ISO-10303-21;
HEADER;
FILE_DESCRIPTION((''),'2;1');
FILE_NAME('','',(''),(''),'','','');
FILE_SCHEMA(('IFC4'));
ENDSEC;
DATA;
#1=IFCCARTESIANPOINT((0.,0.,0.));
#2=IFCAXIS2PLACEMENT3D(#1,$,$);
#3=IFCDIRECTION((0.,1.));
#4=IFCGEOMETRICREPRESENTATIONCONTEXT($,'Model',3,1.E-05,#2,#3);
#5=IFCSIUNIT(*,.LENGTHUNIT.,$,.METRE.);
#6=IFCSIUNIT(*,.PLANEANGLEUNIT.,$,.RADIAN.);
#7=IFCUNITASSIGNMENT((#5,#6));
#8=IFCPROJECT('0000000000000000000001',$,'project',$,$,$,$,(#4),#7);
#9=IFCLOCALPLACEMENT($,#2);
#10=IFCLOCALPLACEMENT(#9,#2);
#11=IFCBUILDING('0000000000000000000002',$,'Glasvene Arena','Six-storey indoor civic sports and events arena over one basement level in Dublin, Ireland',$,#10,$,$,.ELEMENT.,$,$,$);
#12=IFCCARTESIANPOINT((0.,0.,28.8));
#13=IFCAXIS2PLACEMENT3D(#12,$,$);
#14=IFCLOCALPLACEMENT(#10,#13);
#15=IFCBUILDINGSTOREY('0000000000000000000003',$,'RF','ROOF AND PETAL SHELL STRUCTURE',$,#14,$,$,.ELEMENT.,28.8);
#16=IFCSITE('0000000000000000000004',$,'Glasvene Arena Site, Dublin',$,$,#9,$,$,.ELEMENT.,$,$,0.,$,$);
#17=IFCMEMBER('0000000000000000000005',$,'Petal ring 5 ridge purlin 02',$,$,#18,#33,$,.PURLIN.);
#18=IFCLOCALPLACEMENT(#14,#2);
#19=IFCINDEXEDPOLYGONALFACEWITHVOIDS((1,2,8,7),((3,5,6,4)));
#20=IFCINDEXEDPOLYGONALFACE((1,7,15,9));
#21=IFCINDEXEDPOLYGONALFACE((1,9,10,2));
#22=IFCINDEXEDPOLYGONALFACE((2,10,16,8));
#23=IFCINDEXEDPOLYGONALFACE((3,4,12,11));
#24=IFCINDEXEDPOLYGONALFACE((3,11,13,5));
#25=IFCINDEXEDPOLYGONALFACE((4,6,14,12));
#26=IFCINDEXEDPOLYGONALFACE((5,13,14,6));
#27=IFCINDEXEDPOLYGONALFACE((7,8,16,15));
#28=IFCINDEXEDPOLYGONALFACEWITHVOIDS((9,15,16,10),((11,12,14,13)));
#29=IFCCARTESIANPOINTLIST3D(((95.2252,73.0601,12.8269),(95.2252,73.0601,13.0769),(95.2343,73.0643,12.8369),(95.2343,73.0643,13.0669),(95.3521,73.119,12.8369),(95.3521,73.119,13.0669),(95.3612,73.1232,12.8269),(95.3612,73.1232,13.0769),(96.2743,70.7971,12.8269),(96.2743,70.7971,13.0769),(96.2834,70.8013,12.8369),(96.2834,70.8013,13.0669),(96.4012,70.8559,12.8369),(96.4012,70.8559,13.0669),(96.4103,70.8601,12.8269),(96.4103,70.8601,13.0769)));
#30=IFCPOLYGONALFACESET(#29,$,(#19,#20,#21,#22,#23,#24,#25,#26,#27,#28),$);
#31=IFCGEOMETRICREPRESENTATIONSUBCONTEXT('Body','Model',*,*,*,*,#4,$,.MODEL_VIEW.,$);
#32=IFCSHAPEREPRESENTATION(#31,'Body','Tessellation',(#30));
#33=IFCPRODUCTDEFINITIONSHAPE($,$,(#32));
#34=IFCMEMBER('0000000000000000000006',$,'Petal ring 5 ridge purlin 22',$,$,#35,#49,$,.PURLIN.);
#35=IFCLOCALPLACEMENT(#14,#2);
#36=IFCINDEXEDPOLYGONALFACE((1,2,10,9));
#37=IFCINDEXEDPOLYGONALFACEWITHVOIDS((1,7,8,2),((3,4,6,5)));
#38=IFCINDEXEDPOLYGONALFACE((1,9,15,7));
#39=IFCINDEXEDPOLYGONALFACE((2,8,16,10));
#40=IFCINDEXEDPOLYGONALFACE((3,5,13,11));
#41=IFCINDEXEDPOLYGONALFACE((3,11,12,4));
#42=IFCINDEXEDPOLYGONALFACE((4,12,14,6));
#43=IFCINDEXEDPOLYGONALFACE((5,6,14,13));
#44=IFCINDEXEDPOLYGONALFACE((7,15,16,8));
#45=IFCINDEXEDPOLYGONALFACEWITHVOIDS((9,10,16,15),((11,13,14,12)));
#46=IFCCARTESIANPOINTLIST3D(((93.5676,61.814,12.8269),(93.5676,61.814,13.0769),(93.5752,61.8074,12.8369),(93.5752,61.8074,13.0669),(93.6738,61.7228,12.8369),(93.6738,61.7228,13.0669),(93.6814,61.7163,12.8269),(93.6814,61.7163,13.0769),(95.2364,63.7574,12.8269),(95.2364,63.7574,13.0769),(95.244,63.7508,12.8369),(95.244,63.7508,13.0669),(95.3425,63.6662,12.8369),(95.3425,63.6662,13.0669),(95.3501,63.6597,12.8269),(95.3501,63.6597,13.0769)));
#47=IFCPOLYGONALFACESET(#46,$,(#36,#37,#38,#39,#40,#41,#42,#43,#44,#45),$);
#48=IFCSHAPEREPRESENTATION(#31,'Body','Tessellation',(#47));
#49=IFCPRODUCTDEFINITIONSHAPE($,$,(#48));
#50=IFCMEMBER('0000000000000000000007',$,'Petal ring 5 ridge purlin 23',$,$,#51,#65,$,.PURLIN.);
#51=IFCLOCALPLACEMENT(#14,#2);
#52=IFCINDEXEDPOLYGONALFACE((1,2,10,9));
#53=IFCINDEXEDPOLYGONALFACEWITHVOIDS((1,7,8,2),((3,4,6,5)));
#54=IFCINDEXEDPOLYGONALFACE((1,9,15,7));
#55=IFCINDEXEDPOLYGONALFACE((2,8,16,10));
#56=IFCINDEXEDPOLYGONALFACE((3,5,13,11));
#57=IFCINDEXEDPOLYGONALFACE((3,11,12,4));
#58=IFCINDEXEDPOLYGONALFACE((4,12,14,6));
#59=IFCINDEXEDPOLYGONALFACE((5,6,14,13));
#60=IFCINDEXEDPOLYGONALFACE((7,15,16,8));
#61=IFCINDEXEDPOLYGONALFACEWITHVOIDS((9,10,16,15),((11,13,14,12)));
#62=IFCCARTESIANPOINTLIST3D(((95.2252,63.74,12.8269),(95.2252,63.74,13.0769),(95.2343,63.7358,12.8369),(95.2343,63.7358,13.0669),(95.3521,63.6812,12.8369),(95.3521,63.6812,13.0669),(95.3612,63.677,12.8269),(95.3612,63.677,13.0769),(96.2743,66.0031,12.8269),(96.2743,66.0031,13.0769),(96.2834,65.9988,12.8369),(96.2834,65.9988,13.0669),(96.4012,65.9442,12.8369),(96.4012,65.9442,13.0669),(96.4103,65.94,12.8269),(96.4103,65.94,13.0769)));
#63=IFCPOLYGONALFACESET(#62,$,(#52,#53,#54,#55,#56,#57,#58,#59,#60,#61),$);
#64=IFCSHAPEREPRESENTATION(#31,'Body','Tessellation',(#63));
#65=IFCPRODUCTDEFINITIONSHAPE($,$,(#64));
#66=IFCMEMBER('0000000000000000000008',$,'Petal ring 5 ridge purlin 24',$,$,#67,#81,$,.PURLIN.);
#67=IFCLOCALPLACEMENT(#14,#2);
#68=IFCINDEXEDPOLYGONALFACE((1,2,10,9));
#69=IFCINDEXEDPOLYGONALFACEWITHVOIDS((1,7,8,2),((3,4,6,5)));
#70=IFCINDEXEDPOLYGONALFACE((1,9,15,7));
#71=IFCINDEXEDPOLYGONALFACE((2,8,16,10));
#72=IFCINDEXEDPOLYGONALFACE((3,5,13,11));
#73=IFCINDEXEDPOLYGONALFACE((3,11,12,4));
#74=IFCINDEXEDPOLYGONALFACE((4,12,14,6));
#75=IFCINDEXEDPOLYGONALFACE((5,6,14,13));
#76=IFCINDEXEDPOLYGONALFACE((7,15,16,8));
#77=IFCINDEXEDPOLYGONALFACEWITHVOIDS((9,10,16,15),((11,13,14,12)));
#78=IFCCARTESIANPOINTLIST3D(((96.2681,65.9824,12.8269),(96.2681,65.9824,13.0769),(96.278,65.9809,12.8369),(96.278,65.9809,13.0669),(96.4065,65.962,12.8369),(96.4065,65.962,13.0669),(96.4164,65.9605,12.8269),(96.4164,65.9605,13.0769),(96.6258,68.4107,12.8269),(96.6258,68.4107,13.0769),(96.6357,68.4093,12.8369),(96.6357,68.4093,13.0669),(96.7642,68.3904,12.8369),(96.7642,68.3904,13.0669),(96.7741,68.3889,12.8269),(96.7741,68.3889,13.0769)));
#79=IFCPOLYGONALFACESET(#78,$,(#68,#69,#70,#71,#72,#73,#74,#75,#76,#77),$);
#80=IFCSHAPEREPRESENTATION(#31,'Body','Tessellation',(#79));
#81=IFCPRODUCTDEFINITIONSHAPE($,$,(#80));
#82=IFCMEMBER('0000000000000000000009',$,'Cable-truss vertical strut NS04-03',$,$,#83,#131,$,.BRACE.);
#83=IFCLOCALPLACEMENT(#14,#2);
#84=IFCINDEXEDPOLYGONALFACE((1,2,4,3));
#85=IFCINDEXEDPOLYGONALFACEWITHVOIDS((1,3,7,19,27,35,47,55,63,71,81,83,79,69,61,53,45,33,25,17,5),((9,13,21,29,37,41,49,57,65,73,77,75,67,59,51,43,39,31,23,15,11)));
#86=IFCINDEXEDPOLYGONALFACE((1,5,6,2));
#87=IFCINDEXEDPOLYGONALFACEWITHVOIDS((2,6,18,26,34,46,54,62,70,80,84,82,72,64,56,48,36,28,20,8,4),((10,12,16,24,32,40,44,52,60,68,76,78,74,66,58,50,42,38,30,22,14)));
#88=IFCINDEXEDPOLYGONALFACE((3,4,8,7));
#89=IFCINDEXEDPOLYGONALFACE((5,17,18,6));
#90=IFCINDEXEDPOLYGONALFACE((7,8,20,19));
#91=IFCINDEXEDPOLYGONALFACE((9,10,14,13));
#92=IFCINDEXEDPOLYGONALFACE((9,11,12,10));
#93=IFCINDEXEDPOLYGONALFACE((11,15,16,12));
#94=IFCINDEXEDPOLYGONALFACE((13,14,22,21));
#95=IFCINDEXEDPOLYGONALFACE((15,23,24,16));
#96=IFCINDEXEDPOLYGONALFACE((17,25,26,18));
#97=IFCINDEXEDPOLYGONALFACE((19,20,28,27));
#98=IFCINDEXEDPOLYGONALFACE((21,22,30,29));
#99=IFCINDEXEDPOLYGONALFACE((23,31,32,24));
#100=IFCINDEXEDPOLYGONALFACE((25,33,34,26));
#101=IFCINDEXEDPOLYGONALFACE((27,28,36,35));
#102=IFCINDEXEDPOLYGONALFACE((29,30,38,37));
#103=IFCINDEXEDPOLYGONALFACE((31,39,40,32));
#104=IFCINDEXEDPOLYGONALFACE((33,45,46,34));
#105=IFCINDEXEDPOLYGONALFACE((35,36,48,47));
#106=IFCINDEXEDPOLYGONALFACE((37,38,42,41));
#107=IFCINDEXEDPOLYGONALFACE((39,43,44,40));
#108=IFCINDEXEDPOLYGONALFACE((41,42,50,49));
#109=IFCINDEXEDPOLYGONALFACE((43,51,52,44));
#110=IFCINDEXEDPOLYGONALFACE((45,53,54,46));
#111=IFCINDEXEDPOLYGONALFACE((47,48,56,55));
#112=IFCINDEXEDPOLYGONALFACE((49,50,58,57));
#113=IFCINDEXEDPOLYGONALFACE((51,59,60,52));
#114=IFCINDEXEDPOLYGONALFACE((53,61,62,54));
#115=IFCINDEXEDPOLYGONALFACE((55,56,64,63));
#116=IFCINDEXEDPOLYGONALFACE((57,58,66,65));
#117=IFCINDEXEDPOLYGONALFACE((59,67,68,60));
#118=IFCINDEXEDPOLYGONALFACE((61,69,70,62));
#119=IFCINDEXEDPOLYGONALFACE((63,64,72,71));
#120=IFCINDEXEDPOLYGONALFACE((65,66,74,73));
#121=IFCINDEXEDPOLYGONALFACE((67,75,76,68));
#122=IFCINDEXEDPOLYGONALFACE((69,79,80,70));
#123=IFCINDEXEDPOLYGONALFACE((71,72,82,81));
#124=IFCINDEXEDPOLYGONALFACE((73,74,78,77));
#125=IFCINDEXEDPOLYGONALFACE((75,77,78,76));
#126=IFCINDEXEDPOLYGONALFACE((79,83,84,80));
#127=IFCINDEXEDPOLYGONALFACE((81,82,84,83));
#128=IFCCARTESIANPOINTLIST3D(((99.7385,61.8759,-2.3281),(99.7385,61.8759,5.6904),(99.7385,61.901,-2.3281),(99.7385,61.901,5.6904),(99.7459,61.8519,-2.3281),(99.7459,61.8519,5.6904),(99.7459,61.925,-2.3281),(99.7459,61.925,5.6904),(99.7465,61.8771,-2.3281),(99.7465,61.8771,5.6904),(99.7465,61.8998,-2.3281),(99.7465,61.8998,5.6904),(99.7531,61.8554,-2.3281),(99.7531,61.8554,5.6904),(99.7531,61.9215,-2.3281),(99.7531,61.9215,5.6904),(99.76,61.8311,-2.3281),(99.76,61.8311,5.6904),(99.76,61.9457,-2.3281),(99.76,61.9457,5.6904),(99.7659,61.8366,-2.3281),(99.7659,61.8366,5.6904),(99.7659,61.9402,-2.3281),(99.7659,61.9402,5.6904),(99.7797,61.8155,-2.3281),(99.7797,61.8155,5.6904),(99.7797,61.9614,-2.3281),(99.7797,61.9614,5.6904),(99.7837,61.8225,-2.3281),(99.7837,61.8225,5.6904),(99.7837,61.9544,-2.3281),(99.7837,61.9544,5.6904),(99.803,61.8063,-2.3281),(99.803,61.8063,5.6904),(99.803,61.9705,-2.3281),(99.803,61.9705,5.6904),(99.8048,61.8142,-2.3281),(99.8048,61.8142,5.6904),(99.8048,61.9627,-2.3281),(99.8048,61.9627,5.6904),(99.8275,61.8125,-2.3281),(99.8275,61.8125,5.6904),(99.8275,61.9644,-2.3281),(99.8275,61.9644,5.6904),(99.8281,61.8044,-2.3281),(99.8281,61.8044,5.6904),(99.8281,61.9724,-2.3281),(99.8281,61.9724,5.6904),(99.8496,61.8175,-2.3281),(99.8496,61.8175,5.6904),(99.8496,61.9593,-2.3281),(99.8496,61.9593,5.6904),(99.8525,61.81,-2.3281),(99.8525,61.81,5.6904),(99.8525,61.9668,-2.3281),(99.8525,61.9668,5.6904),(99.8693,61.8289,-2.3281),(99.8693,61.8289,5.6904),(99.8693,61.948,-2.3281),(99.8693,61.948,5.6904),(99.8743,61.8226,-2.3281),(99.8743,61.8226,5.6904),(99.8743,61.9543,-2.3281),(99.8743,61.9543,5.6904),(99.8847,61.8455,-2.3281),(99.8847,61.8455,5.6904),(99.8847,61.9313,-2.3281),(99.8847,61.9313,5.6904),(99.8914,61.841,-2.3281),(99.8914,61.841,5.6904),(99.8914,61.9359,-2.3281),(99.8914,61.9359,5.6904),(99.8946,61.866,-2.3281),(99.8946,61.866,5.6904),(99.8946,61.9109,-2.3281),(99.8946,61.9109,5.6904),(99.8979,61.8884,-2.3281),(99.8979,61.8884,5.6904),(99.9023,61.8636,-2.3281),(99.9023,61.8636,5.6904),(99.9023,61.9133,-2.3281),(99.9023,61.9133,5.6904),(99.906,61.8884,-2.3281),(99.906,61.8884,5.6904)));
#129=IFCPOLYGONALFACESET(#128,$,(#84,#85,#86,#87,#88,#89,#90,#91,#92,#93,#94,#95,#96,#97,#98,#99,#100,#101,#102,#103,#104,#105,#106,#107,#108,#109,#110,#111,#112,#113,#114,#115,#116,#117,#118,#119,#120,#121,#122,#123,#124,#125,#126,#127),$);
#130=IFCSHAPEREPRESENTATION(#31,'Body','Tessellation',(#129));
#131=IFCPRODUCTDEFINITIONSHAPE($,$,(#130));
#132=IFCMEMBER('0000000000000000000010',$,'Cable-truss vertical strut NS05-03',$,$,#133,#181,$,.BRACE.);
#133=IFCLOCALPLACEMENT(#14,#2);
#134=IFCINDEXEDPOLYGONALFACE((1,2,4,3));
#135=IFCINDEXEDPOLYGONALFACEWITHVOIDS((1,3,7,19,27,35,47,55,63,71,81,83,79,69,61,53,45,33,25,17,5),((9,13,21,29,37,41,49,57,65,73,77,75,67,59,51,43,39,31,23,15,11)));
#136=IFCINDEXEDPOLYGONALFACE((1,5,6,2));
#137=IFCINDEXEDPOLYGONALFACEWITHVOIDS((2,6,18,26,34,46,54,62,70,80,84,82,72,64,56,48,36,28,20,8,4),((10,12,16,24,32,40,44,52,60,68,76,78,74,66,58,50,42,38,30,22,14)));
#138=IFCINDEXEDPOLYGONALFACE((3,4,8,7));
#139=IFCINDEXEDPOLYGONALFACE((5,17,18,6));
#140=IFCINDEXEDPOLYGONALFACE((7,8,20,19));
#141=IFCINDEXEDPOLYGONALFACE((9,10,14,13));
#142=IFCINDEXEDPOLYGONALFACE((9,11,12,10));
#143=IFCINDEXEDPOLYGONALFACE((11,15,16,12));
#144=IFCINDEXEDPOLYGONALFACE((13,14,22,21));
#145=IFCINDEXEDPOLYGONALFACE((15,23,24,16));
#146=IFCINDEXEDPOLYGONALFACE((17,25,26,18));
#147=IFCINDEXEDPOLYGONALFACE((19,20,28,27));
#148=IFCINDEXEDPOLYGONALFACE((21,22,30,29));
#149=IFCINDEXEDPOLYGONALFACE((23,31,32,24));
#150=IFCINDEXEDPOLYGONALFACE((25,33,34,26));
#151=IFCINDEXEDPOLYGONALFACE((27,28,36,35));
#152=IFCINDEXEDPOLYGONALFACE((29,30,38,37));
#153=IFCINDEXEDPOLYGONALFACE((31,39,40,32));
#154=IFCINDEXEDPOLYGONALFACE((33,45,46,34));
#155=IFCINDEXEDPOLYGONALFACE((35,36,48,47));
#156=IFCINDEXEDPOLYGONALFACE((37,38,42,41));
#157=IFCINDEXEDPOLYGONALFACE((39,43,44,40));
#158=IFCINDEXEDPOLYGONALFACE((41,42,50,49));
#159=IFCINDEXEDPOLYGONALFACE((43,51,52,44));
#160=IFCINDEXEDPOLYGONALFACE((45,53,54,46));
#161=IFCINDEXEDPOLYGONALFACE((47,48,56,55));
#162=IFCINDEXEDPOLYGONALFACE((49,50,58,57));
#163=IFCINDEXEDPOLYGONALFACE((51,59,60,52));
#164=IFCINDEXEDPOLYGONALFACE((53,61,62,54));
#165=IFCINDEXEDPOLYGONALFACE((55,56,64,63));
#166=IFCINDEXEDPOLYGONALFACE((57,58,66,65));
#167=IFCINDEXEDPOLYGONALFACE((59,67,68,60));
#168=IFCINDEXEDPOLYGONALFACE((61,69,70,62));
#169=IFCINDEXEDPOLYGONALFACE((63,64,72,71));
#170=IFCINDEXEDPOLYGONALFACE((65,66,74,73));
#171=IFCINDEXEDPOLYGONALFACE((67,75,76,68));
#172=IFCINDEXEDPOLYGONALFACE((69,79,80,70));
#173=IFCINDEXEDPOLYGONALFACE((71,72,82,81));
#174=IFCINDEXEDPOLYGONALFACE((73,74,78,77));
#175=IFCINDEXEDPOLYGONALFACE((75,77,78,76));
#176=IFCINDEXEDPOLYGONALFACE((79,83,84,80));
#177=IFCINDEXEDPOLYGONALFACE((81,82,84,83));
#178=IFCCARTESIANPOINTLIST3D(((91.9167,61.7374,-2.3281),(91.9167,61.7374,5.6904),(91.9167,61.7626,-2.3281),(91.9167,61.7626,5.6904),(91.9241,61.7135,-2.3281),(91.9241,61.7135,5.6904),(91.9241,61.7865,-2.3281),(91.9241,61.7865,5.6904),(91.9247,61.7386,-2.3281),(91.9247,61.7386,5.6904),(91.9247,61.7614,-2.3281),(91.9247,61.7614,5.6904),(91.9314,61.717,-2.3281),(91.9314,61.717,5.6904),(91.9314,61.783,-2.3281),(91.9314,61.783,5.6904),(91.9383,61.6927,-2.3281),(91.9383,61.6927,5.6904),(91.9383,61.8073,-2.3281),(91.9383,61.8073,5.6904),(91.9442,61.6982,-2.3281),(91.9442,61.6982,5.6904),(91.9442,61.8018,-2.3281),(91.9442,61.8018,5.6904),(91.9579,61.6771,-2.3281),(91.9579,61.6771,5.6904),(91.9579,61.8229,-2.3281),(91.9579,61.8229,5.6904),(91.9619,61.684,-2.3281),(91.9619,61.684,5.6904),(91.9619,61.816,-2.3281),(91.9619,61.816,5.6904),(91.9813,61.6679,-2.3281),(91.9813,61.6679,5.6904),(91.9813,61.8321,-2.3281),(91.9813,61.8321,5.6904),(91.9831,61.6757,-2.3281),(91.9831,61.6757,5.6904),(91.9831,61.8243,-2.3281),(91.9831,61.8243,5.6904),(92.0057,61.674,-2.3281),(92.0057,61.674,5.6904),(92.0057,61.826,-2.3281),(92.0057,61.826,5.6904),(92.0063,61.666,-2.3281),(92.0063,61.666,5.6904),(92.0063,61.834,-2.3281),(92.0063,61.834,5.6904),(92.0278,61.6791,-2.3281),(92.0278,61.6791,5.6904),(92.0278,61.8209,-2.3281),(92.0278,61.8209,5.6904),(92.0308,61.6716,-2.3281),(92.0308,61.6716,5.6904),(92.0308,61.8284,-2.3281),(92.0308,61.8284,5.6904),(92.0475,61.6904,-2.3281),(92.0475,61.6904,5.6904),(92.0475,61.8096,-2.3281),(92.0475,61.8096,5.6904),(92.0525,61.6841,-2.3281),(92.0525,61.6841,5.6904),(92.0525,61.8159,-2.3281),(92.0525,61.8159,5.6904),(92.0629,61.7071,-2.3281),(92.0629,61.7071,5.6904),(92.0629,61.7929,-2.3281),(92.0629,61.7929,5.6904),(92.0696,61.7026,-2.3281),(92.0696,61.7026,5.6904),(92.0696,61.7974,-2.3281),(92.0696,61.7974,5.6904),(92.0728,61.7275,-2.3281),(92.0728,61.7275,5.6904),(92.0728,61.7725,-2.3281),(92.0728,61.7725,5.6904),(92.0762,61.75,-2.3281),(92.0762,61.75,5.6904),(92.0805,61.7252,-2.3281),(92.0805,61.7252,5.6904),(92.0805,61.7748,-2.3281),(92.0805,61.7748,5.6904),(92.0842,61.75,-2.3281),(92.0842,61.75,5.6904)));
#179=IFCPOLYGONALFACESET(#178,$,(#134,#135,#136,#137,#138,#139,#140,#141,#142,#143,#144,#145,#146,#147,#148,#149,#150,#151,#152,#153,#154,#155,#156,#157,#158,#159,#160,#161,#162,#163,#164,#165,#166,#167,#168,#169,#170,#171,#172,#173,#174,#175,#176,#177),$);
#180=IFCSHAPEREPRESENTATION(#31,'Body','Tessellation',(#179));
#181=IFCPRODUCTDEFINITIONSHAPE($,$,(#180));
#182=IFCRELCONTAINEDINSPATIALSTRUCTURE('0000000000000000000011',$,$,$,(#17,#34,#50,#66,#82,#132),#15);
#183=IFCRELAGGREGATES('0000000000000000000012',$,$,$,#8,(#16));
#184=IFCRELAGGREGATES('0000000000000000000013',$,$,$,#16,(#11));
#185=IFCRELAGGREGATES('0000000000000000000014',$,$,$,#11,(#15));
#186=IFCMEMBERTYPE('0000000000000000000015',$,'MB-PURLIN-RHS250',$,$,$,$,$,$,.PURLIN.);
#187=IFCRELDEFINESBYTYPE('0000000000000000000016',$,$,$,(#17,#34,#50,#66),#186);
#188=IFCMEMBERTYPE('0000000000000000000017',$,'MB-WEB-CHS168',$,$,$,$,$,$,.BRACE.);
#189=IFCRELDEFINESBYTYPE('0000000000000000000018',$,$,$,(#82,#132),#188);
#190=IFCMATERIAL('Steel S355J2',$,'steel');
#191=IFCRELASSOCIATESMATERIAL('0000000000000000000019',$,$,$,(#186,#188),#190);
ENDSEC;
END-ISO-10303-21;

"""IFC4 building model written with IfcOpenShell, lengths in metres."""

from ifc_helpers import new_model, si_unit, direction, frame, origin, origin_2d, place, context, subcontext, project, spatial, hollow_rectangle, hollow_circle, extrude, material, material_profile, profile_set, type_object, element, save


model = new_model("IFC4")

# Units and contexts
model_context = context("Model", 3, precision=1e-05, world=origin(), true_north=direction((0.0, 1.0)))
body_context = subcontext(model_context, "Body", "Model", "MODEL_VIEW")
ifc_project = project(units=[si_unit("LENGTHUNIT", "METRE"), si_unit("PLANEANGLEUNIT", "RADIAN")], contexts=[model_context])

# Site, building, storey
site_placement = place(None, origin())
site = spatial("IfcSite", under=ifc_project, at=site_placement, Name="Glasvene Arena Site, Dublin", CompositionType="ELEMENT", RefElevation=0.0)
building_placement = place(site_placement, origin())
building = spatial("IfcBuilding", under=site, at=building_placement, Name="Glasvene Arena", Description="Six-storey indoor civic sports and events arena over one basement level in Dublin, Ireland", CompositionType="ELEMENT")
storey_placement = place(building_placement, frame((0.0, 0.0, 28.8)))
storey = spatial("IfcBuildingStorey", under=building, at=storey_placement, Name="RF", Description="ROOF AND PETAL SHELL STRUCTURE", CompositionType="ELEMENT", Elevation=28.8)

# Shared definitions
ifc_material_1 = material(Name="Steel S355J2", Category="steel")

# Members
ifc_material_profile_1 = material_profile(ifc_material_1, hollow_rectangle(XDim=0.1499, YDim=0.25, WallThickness=0.01, at=origin_2d()), Name="RHS 250x150x10.0")
ifc_profile_set_1 = profile_set([ifc_material_profile_1], Name="Steel S355J2")
member_type_1 = type_object("IfcMemberType", Name="MB-PURLIN-RHS250", PredefinedType="PURLIN", material=ifc_profile_set_1)
member_1_placement = place(storey_placement, frame((96.3423, 70.8286, 12.9519), z_axis=(-0.420591, 0.90725, 0.0), x_axis=(-0.90725, -0.420591, 0.0)))
element("IfcMember", 1, at=member_1_placement, inside=storey, type_object=member_type_1, Name="Petal ring 5 ridge purlin 02", PredefinedType="PURLIN", context=body_context, shape_type="SweptSolid", body=[
    extrude(hollow_rectangle(XDim=0.1499, YDim=0.25, WallThickness=0.01, at=origin_2d()), origin(), (0.0, 0.0, 1.0), 2.4944),
])
member_2_placement = place(storey_placement, frame((93.6245, 61.7651, 12.9519), z_axis=(0.651458, 0.758684, 0.0), x_axis=(-0.758684, 0.651458, 0.0)))
element("IfcMember", 2, at=member_2_placement, inside=storey, type_object=member_type_1, Name="Petal ring 5 ridge purlin 22", PredefinedType="PURLIN", context=body_context, shape_type="SweptSolid", body=[
    extrude(hollow_rectangle(XDim=0.1499, YDim=0.25, WallThickness=0.01, at=origin_2d()), origin(), (0.0, 0.0, 1.0), 2.5615),
])
member_3_placement = place(storey_placement, frame((95.2932, 63.7085, 12.9519), z_axis=(0.420591, 0.90725, 0.0), x_axis=(-0.90725, 0.420591, 0.0)))
element("IfcMember", 3, at=member_3_placement, inside=storey, type_object=member_type_1, Name="Petal ring 5 ridge purlin 23", PredefinedType="PURLIN", context=body_context, shape_type="SweptSolid", body=[
    extrude(hollow_rectangle(XDim=0.1499, YDim=0.25, WallThickness=0.01, at=origin_2d()), origin(), (0.0, 0.0, 1.0), 2.4944),
])
member_4_placement = place(storey_placement, frame((96.3423, 65.9714, 12.9519), z_axis=(0.145709, 0.989328, 0.0), x_axis=(-0.989328, 0.145709, 0.0)))
element("IfcMember", 4, at=member_4_placement, inside=storey, type_object=member_type_1, Name="Petal ring 5 ridge purlin 24", PredefinedType="PURLIN", context=body_context, shape_type="SweptSolid", body=[
    extrude(hollow_rectangle(XDim=0.1499, YDim=0.25, WallThickness=0.01, at=origin_2d()), origin(), (0.0, 0.0, 1.0), 2.4546),
])
ifc_material_profile_2 = material_profile(ifc_material_1, hollow_circle(Radius=0.0842, WallThickness=0.0081, at=origin_2d()), Name="CHS 168.3x8.0")
ifc_profile_set_2 = profile_set([ifc_material_profile_2], Name="Steel S355J2")
member_type_2 = type_object("IfcMemberType", Name="MB-WEB-CHS168", PredefinedType="BRACE", material=ifc_profile_set_2)
for number, where, z_axis, x_axis, name in (
    (5, (99.8218, 61.8884, -2.3281), (0.0, 0.0, 1.0), (1.0, 0.0, 0.0), "Cable-truss vertical strut NS04-03"),
    (6, (92.0, 61.75, -2.3281), (0.0, 0.0, 1.0), (1.0, 0.0, 0.0), "Cable-truss vertical strut NS05-03"),
):
    element("IfcMember", number, at=place(storey_placement, frame(where, z_axis=z_axis, x_axis=x_axis)), inside=storey, type_object=member_type_2, Name=name, PredefinedType="BRACE", context=body_context, shape_type="SweptSolid", body=[
        extrude(hollow_circle(Radius=0.0842, WallThickness=0.0081, at=origin_2d()), origin(), (0.0, 0.0, 1.0), 8.0186),
    ])

save(model, "model.ifc")
